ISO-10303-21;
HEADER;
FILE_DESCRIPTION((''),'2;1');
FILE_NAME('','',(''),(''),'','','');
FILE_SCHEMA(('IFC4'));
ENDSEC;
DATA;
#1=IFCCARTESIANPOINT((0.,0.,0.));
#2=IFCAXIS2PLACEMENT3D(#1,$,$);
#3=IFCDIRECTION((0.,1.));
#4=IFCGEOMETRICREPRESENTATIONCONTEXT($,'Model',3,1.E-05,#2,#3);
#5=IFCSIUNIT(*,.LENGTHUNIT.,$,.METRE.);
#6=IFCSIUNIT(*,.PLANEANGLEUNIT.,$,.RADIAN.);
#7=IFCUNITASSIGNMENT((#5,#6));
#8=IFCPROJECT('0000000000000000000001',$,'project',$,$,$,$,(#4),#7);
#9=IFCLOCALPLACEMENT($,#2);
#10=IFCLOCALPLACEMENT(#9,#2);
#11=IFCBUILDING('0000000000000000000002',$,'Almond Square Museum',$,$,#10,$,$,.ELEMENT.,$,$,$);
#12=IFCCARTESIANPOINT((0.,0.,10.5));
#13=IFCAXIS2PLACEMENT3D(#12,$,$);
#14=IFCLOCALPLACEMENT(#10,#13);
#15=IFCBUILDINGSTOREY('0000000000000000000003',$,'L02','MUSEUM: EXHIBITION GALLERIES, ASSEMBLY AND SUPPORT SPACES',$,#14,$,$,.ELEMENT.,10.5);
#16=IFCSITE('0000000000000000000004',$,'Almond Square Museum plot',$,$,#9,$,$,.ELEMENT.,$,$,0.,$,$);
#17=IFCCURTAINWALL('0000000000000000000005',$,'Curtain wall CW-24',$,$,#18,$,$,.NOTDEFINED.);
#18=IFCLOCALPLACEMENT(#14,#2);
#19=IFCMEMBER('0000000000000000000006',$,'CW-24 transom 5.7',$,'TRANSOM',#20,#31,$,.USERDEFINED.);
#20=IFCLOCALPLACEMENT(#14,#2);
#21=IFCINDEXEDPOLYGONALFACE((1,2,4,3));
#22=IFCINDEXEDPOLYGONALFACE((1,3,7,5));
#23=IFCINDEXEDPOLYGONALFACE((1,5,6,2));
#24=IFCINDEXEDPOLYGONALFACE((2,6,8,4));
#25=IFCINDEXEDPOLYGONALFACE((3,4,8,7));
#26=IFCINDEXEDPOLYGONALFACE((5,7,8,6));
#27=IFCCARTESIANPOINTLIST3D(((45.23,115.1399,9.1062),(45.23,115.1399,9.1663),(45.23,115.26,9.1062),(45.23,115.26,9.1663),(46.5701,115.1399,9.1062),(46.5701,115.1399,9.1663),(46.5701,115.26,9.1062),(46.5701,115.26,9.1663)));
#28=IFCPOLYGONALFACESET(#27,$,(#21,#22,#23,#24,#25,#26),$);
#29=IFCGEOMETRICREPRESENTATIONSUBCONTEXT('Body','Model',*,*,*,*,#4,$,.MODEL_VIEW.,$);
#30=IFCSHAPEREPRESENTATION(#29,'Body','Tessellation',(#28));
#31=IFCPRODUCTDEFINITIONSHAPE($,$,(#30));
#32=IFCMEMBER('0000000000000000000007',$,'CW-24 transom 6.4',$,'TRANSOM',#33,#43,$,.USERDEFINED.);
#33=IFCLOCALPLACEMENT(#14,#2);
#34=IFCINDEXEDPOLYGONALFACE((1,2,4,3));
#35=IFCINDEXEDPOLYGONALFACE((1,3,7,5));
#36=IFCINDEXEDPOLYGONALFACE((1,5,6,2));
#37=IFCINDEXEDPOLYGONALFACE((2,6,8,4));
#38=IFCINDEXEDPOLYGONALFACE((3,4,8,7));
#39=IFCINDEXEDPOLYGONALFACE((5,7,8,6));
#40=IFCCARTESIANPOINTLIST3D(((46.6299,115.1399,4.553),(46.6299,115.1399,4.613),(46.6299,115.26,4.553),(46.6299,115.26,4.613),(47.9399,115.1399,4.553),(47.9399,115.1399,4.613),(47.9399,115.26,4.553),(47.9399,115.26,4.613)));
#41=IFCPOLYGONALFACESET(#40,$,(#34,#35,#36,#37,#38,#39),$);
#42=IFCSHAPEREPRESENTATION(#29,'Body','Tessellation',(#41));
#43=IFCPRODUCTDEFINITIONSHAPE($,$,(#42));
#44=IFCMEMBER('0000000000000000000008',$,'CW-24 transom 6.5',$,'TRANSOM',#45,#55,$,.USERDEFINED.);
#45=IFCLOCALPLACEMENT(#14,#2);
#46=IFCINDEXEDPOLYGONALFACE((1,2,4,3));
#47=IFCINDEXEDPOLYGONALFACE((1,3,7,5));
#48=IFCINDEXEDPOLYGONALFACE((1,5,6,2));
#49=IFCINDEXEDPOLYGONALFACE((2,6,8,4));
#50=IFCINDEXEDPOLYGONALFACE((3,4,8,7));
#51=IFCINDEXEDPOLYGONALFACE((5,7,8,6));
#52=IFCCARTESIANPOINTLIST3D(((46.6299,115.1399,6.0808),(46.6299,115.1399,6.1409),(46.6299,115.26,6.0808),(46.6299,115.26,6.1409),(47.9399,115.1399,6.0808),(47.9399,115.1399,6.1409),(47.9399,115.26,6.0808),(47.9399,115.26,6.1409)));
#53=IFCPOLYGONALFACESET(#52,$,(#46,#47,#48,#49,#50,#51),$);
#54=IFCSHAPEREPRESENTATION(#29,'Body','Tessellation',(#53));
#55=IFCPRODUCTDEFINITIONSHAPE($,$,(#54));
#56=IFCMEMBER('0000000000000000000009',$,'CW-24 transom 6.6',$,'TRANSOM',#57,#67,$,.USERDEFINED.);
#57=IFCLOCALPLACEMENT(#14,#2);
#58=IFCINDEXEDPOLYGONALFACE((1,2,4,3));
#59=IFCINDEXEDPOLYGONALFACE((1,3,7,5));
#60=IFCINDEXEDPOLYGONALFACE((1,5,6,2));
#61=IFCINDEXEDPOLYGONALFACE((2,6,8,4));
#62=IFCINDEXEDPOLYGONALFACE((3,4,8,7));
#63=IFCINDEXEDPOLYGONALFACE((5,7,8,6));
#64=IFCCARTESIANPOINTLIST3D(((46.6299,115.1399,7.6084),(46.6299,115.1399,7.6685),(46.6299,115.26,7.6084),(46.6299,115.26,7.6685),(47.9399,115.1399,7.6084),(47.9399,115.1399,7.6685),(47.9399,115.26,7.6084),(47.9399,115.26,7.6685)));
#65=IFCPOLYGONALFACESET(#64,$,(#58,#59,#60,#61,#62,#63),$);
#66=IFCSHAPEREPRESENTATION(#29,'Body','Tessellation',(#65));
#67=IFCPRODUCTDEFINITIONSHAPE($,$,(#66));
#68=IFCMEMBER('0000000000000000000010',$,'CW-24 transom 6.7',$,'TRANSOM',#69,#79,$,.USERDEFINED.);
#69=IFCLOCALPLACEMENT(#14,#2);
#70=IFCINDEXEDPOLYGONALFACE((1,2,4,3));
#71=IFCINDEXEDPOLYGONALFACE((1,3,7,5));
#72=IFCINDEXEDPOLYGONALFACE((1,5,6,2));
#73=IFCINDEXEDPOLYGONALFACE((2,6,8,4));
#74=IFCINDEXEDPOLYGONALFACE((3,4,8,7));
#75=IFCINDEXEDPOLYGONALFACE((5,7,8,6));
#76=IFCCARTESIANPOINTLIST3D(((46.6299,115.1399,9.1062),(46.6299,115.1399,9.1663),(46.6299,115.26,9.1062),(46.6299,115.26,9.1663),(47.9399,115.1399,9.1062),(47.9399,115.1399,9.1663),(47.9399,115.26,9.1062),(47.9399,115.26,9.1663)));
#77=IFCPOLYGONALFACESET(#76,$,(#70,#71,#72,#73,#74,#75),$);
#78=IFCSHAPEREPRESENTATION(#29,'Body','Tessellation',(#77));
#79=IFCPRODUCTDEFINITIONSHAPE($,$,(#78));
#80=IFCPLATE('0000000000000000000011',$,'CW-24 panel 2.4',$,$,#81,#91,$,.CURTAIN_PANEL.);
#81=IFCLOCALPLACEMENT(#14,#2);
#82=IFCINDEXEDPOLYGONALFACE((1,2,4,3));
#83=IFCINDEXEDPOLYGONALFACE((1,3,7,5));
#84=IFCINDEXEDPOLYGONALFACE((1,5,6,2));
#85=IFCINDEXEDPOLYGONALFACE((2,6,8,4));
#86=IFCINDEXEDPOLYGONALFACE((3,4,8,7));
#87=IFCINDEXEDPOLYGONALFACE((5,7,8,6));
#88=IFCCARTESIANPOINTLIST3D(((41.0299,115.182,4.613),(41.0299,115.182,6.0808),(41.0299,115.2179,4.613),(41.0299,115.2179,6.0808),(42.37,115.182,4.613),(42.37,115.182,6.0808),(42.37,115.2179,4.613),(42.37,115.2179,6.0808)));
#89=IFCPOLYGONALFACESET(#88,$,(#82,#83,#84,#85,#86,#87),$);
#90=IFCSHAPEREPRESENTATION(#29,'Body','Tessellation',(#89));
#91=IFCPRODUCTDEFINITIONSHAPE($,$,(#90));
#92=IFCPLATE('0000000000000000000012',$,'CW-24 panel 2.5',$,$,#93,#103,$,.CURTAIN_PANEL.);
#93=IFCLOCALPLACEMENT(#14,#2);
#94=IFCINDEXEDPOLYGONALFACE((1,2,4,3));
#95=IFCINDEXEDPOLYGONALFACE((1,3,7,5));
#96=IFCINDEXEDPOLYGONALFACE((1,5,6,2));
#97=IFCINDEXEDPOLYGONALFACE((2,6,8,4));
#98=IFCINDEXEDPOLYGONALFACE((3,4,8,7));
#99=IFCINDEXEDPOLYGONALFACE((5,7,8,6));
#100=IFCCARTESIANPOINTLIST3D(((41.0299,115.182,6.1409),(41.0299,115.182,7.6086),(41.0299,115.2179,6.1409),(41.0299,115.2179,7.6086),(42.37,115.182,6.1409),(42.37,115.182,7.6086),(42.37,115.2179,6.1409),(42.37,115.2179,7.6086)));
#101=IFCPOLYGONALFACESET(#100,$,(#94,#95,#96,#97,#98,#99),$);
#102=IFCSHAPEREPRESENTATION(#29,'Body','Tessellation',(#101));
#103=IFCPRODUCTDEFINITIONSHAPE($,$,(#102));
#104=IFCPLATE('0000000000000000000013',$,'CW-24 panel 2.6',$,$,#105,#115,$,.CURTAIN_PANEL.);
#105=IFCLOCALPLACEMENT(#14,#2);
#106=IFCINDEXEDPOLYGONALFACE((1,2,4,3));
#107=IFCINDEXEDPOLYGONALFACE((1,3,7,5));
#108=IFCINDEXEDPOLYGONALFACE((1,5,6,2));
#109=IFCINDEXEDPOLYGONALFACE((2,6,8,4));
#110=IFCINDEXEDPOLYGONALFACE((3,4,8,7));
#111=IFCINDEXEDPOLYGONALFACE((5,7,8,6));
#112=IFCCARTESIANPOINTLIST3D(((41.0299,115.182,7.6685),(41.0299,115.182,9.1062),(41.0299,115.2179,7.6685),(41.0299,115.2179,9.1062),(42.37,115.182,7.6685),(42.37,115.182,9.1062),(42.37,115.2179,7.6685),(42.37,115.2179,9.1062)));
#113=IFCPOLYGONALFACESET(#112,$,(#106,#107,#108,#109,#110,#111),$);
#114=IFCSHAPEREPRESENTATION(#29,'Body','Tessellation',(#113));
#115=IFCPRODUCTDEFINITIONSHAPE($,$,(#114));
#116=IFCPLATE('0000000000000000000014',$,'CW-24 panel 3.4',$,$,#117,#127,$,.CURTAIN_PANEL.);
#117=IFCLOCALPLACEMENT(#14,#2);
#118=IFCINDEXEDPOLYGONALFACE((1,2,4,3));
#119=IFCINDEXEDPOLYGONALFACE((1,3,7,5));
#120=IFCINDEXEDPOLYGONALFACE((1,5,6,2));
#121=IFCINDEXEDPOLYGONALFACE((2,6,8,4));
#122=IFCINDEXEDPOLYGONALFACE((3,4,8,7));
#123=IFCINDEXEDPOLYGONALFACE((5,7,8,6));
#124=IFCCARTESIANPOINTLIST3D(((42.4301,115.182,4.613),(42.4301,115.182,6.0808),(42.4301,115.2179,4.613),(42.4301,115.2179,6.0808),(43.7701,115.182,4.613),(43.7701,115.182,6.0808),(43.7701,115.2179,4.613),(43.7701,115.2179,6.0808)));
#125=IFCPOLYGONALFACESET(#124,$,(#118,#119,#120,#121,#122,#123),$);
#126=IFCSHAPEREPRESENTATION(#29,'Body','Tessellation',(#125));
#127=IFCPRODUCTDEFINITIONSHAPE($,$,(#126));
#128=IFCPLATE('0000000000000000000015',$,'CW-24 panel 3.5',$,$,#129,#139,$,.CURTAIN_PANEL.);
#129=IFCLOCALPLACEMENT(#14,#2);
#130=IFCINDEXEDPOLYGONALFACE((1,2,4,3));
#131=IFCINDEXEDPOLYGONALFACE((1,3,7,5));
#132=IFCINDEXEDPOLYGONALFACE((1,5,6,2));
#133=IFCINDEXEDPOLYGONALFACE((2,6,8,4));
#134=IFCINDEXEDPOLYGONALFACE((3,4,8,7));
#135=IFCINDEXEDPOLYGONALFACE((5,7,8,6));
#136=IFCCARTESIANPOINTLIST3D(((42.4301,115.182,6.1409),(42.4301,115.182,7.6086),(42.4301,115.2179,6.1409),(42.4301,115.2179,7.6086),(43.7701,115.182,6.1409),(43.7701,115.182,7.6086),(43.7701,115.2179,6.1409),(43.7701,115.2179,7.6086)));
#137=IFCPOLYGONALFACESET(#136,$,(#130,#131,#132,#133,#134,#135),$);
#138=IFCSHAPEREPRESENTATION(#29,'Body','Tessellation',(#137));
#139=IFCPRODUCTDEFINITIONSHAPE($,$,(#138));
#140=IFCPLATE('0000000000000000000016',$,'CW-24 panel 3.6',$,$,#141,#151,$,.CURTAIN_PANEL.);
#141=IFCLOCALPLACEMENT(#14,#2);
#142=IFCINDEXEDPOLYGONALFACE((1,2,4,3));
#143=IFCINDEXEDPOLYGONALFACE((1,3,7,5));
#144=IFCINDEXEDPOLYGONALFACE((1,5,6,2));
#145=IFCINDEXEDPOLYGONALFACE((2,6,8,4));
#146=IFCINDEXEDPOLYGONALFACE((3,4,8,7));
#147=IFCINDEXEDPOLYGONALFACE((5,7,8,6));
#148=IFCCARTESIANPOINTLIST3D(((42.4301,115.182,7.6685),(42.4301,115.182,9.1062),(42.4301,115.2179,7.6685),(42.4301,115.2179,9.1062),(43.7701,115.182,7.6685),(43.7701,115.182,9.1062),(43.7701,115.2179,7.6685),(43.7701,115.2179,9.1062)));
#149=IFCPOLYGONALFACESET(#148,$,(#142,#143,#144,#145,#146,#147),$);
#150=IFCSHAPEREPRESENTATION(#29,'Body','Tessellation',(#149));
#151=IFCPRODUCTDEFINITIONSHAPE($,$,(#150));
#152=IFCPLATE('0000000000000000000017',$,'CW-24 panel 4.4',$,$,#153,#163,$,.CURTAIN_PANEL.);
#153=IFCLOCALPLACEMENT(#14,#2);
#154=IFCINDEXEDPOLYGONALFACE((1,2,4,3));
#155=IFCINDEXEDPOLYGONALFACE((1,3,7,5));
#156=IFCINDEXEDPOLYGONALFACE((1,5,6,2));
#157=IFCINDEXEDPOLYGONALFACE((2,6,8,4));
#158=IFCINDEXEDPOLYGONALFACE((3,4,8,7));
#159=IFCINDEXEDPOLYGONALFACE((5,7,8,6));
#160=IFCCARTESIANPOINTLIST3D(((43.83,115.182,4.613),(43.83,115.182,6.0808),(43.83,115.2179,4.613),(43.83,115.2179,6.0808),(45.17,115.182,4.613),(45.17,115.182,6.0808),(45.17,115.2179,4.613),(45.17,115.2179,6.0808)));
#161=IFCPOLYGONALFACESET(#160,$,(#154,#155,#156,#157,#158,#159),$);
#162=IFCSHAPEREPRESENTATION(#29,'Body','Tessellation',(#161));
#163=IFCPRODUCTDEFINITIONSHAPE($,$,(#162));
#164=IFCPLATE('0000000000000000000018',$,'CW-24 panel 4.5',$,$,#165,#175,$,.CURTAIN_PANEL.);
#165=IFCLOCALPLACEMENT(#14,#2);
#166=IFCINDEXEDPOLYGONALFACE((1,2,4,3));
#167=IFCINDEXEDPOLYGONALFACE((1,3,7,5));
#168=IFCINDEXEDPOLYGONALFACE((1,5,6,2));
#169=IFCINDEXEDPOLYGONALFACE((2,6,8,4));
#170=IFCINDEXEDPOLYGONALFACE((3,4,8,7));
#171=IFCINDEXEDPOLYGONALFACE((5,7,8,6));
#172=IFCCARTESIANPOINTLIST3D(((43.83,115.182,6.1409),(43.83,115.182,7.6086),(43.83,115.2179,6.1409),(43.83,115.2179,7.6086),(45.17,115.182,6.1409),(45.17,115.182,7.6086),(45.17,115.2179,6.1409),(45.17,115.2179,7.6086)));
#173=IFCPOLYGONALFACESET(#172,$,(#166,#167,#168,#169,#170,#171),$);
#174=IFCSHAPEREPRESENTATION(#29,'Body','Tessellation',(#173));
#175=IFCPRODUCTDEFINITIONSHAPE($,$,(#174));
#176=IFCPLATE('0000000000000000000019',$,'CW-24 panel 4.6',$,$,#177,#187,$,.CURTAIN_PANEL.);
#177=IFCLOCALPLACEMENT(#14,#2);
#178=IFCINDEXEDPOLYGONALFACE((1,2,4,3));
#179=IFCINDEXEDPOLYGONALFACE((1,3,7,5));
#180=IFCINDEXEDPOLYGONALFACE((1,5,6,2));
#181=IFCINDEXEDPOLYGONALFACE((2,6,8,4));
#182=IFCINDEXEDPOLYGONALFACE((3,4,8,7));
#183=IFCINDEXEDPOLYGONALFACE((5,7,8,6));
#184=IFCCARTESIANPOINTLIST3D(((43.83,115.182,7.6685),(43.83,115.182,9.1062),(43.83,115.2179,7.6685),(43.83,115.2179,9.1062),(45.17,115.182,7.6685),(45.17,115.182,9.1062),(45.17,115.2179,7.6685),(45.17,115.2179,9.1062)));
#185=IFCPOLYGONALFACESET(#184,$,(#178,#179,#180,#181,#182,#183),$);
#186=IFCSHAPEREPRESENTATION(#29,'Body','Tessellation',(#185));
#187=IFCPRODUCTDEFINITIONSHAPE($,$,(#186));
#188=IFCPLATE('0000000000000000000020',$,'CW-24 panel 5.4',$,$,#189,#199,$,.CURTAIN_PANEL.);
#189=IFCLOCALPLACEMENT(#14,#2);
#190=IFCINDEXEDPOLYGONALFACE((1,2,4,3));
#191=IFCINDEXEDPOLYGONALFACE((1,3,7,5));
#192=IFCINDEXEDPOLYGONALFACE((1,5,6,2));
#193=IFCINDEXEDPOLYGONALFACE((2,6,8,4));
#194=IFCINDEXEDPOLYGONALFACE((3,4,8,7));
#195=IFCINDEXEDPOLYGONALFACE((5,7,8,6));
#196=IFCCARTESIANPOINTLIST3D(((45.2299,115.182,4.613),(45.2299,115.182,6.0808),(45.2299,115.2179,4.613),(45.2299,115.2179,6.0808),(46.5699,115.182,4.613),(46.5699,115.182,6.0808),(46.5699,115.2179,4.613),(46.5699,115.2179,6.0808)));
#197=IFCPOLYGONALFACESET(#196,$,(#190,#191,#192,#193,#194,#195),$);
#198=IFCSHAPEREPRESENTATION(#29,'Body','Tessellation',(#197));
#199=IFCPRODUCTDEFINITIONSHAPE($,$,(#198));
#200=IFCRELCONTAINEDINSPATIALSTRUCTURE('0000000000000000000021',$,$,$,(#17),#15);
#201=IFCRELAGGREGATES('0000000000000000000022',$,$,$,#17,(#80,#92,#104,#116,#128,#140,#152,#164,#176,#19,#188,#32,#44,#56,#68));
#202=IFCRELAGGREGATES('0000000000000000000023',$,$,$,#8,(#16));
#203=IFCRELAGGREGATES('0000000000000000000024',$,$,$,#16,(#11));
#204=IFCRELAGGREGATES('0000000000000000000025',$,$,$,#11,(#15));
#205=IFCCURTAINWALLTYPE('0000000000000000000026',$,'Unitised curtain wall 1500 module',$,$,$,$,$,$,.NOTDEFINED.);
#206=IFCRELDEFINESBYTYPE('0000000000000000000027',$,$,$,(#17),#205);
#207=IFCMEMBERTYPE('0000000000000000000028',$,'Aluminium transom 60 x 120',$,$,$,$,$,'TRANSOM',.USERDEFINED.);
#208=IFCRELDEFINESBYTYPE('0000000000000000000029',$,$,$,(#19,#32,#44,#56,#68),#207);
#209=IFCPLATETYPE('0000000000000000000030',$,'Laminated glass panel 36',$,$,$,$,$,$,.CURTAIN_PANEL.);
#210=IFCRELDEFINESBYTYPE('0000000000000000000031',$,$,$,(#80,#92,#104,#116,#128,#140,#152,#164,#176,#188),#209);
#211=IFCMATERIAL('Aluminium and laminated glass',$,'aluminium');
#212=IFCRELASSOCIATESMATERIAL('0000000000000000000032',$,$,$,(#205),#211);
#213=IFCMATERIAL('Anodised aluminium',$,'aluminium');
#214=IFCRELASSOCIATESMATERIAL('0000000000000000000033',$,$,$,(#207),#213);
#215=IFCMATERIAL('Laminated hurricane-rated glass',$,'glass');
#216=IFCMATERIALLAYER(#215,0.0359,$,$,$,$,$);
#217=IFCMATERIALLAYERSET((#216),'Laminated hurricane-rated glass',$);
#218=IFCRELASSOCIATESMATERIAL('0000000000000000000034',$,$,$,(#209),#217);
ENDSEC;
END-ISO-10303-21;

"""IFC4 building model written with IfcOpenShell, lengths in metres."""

from ifc_helpers import new_model, si_unit, direction, frame, origin, origin_2d, place, context, subcontext, project, spatial, rectangle, extrude, material, layer, layer_set, material_profile, profile_set, type_object, element, aggregate, save


model = new_model("IFC4")

# Units and contexts
model_context = context("Model", 3, precision=1e-05, world=origin(), true_north=direction((0.0, 1.0)))
body_context = subcontext(model_context, "Body", "Model", "MODEL_VIEW")
ifc_project = project(units=[si_unit("LENGTHUNIT", "METRE"), si_unit("PLANEANGLEUNIT", "RADIAN")], contexts=[model_context])

# Site, building, storey
site_placement = place(None, origin())
site = spatial("IfcSite", under=ifc_project, at=site_placement, Name="Almond Square Museum plot", CompositionType="ELEMENT", RefElevation=0.0)
building_placement = place(site_placement, origin())
building = spatial("IfcBuilding", under=site, at=building_placement, Name="Almond Square Museum", CompositionType="ELEMENT")
storey_placement = place(building_placement, frame((0.0, 0.0, 10.5)))
storey = spatial("IfcBuildingStorey", under=building, at=storey_placement, Name="L02", Description="MUSEUM: EXHIBITION GALLERIES, ASSEMBLY AND SUPPORT SPACES", CompositionType="ELEMENT", Elevation=10.5)

# Curtain wall, members, plates
ifc_material_1 = material(Name="Aluminium and laminated glass", Category="aluminium")
curtain_wall_type = type_object("IfcCurtainWallType", Name="Unitised curtain wall 1500 module", PredefinedType="NOTDEFINED", material=ifc_material_1)
curtain_wall_placement = place(storey_placement, origin())
curtain_wall = element("IfcCurtainWall", 1, at=curtain_wall_placement, inside=storey, type_object=curtain_wall_type, Name="Curtain wall CW-24", PredefinedType="NOTDEFINED")
ifc_material_2 = material(Name="Anodised aluminium", Category="aluminium")
ifc_material_profile = material_profile(ifc_material_2, rectangle(XDim=0.1201, YDim=0.0601, at=origin_2d()))
ifc_profile_set = profile_set([ifc_material_profile], Name="Anodised aluminium")
member_type = type_object("IfcMemberType", Name="Aluminium transom 60 x 120", ElementType="TRANSOM", PredefinedType="USERDEFINED", material=ifc_profile_set)
member_1_placement = place(storey_placement, frame((45.23, 115.2, 9.1362), z_axis=(1.0, 0.0, 0.0), x_axis=(0.0, 1.0, 0.0)))
member_1 = element("IfcMember", 2, at=member_1_placement, type_object=member_type, Name="CW-24 transom 5.7", ObjectType="TRANSOM", PredefinedType="USERDEFINED", context=body_context, shape_type="SweptSolid", body=[
    extrude(rectangle(XDim=0.1201, YDim=0.0601, at=origin_2d()), origin(), (0.0, 0.0, 1.0), 1.3401),
])
member_2_placement = place(storey_placement, frame((46.6299, 115.2, 4.583), z_axis=(1.0, 0.0, 0.0), x_axis=(0.0, 1.0, 0.0)))
member_2 = element("IfcMember", 3, at=member_2_placement, type_object=member_type, Name="CW-24 transom 6.4", ObjectType="TRANSOM", PredefinedType="USERDEFINED", context=body_context, shape_type="SweptSolid", body=[
    extrude(rectangle(XDim=0.1201, YDim=0.0601, at=origin_2d()), origin(), (0.0, 0.0, 1.0), 1.3101),
])
member_3_placement = place(storey_placement, frame((46.6299, 115.2, 6.1108), z_axis=(1.0, 0.0, 0.0), x_axis=(0.0, 1.0, 0.0)))
member_3 = element("IfcMember", 4, at=member_3_placement, type_object=member_type, Name="CW-24 transom 6.5", ObjectType="TRANSOM", PredefinedType="USERDEFINED", context=body_context, shape_type="SweptSolid", body=[
    extrude(rectangle(XDim=0.1201, YDim=0.0601, at=origin_2d()), origin(), (0.0, 0.0, 1.0), 1.3101),
])
member_4_placement = place(storey_placement, frame((46.6299, 115.2, 7.6384), z_axis=(1.0, 0.0, 0.0), x_axis=(0.0, 1.0, 0.0)))
member_4 = element("IfcMember", 5, at=member_4_placement, type_object=member_type, Name="CW-24 transom 6.6", ObjectType="TRANSOM", PredefinedType="USERDEFINED", context=body_context, shape_type="SweptSolid", body=[
    extrude(rectangle(XDim=0.1201, YDim=0.0601, at=origin_2d()), origin(), (0.0, 0.0, 1.0), 1.3101),
])
member_5_placement = place(storey_placement, frame((46.6299, 115.2, 9.1362), z_axis=(1.0, 0.0, 0.0), x_axis=(0.0, 1.0, 0.0)))
member_5 = element("IfcMember", 6, at=member_5_placement, type_object=member_type, Name="CW-24 transom 6.7", ObjectType="TRANSOM", PredefinedType="USERDEFINED", context=body_context, shape_type="SweptSolid", body=[
    extrude(rectangle(XDim=0.1201, YDim=0.0601, at=origin_2d()), origin(), (0.0, 0.0, 1.0), 1.3101),
])
ifc_material_3 = material(Name="Laminated hurricane-rated glass", Category="glass")
ifc_layer = layer(ifc_material_3, 0.0359)
ifc_layer_set = layer_set([ifc_layer], Name="Laminated hurricane-rated glass")
plate_type = type_object("IfcPlateType", Name="Laminated glass panel 36", PredefinedType="CURTAIN_PANEL", material=ifc_layer_set)
plate_1_placement = place(storey_placement, frame((41.7, 115.2, 4.613), z_axis=(0.0, 0.0, 1.0), x_axis=(1.0, 0.0, 0.0)))
plate_1 = element("IfcPlate", 7, at=plate_1_placement, type_object=plate_type, Name="CW-24 panel 2.4", PredefinedType="CURTAIN_PANEL", context=body_context, shape_type="SweptSolid", body=[
    extrude(rectangle(XDim=1.3401, YDim=0.0359, at=origin_2d()), origin(), (0.0, 0.0, 1.0), 1.4678),
])
plate_2_placement = place(storey_placement, frame((41.7, 115.2, 6.1409), z_axis=(0.0, 0.0, 1.0), x_axis=(1.0, 0.0, 0.0)))
plate_2 = element("IfcPlate", 8, at=plate_2_placement, type_object=plate_type, Name="CW-24 panel 2.5", PredefinedType="CURTAIN_PANEL", context=body_context, shape_type="SweptSolid", body=[
    extrude(rectangle(XDim=1.3401, YDim=0.0359, at=origin_2d()), origin(), (0.0, 0.0, 1.0), 1.4678),
])
plate_3_placement = place(storey_placement, frame((41.7, 115.2, 7.6685), z_axis=(0.0, 0.0, 1.0), x_axis=(1.0, 0.0, 0.0)))
plate_3 = element("IfcPlate", 9, at=plate_3_placement, type_object=plate_type, Name="CW-24 panel 2.6", PredefinedType="CURTAIN_PANEL", context=body_context, shape_type="SweptSolid", body=[
    extrude(rectangle(XDim=1.3401, YDim=0.0359, at=origin_2d()), origin(), (0.0, 0.0, 1.0), 1.4377),
])
plate_4_placement = place(storey_placement, frame((43.1001, 115.2, 4.613), z_axis=(0.0, 0.0, 1.0), x_axis=(1.0, 0.0, 0.0)))
plate_4 = element("IfcPlate", 10, at=plate_4_placement, type_object=plate_type, Name="CW-24 panel 3.4", PredefinedType="CURTAIN_PANEL", context=body_context, shape_type="SweptSolid", body=[
    extrude(rectangle(XDim=1.3401, YDim=0.0359, at=origin_2d()), origin(), (0.0, 0.0, 1.0), 1.4678),
])
plate_5_placement = place(storey_placement, frame((43.1001, 115.2, 6.1409), z_axis=(0.0, 0.0, 1.0), x_axis=(1.0, 0.0, 0.0)))
plate_5 = element("IfcPlate", 11, at=plate_5_placement, type_object=plate_type, Name="CW-24 panel 3.5", PredefinedType="CURTAIN_PANEL", context=body_context, shape_type="SweptSolid", body=[
    extrude(rectangle(XDim=1.3401, YDim=0.0359, at=origin_2d()), origin(), (0.0, 0.0, 1.0), 1.4678),
])
plate_6_placement = place(storey_placement, frame((43.1001, 115.2, 7.6685), z_axis=(0.0, 0.0, 1.0), x_axis=(1.0, 0.0, 0.0)))
plate_6 = element("IfcPlate", 12, at=plate_6_placement, type_object=plate_type, Name="CW-24 panel 3.6", PredefinedType="CURTAIN_PANEL", context=body_context, shape_type="SweptSolid", body=[
    extrude(rectangle(XDim=1.3401, YDim=0.0359, at=origin_2d()), origin(), (0.0, 0.0, 1.0), 1.4377),
])
plate_7_placement = place(storey_placement, frame((44.5, 115.2, 4.613), z_axis=(0.0, 0.0, 1.0), x_axis=(1.0, 0.0, 0.0)))
plate_7 = element("IfcPlate", 13, at=plate_7_placement, type_object=plate_type, Name="CW-24 panel 4.4", PredefinedType="CURTAIN_PANEL", context=body_context, shape_type="SweptSolid", body=[
    extrude(rectangle(XDim=1.3401, YDim=0.0359, at=origin_2d()), origin(), (0.0, 0.0, 1.0), 1.4678),
])
plate_8_placement = place(storey_placement, frame((44.5, 115.2, 6.1409), z_axis=(0.0, 0.0, 1.0), x_axis=(1.0, 0.0, 0.0)))
plate_8 = element("IfcPlate", 14, at=plate_8_placement, type_object=plate_type, Name="CW-24 panel 4.5", PredefinedType="CURTAIN_PANEL", context=body_context, shape_type="SweptSolid", body=[
    extrude(rectangle(XDim=1.3401, YDim=0.0359, at=origin_2d()), origin(), (0.0, 0.0, 1.0), 1.4678),
])
plate_9_placement = place(storey_placement, frame((44.5, 115.2, 7.6685), z_axis=(0.0, 0.0, 1.0), x_axis=(1.0, 0.0, 0.0)))
plate_9 = element("IfcPlate", 15, at=plate_9_placement, type_object=plate_type, Name="CW-24 panel 4.6", PredefinedType="CURTAIN_PANEL", context=body_context, shape_type="SweptSolid", body=[
    extrude(rectangle(XDim=1.3401, YDim=0.0359, at=origin_2d()), origin(), (0.0, 0.0, 1.0), 1.4377),
])
plate_10_placement = place(storey_placement, frame((45.8999, 115.2, 4.613), z_axis=(0.0, 0.0, 1.0), x_axis=(1.0, 0.0, 0.0)))
plate_10 = element("IfcPlate", 16, at=plate_10_placement, type_object=plate_type, Name="CW-24 panel 5.4", PredefinedType="CURTAIN_PANEL", context=body_context, shape_type="SweptSolid", body=[
    extrude(rectangle(XDim=1.3401, YDim=0.0359, at=origin_2d()), origin(), (0.0, 0.0, 1.0), 1.4678),
])
aggregate(curtain_wall, [plate_1, plate_2, plate_3, plate_4, plate_5, plate_6, plate_7, plate_8, plate_9, member_1, plate_10, member_2, member_3, member_4, member_5])

save(model, "model.ifc")
